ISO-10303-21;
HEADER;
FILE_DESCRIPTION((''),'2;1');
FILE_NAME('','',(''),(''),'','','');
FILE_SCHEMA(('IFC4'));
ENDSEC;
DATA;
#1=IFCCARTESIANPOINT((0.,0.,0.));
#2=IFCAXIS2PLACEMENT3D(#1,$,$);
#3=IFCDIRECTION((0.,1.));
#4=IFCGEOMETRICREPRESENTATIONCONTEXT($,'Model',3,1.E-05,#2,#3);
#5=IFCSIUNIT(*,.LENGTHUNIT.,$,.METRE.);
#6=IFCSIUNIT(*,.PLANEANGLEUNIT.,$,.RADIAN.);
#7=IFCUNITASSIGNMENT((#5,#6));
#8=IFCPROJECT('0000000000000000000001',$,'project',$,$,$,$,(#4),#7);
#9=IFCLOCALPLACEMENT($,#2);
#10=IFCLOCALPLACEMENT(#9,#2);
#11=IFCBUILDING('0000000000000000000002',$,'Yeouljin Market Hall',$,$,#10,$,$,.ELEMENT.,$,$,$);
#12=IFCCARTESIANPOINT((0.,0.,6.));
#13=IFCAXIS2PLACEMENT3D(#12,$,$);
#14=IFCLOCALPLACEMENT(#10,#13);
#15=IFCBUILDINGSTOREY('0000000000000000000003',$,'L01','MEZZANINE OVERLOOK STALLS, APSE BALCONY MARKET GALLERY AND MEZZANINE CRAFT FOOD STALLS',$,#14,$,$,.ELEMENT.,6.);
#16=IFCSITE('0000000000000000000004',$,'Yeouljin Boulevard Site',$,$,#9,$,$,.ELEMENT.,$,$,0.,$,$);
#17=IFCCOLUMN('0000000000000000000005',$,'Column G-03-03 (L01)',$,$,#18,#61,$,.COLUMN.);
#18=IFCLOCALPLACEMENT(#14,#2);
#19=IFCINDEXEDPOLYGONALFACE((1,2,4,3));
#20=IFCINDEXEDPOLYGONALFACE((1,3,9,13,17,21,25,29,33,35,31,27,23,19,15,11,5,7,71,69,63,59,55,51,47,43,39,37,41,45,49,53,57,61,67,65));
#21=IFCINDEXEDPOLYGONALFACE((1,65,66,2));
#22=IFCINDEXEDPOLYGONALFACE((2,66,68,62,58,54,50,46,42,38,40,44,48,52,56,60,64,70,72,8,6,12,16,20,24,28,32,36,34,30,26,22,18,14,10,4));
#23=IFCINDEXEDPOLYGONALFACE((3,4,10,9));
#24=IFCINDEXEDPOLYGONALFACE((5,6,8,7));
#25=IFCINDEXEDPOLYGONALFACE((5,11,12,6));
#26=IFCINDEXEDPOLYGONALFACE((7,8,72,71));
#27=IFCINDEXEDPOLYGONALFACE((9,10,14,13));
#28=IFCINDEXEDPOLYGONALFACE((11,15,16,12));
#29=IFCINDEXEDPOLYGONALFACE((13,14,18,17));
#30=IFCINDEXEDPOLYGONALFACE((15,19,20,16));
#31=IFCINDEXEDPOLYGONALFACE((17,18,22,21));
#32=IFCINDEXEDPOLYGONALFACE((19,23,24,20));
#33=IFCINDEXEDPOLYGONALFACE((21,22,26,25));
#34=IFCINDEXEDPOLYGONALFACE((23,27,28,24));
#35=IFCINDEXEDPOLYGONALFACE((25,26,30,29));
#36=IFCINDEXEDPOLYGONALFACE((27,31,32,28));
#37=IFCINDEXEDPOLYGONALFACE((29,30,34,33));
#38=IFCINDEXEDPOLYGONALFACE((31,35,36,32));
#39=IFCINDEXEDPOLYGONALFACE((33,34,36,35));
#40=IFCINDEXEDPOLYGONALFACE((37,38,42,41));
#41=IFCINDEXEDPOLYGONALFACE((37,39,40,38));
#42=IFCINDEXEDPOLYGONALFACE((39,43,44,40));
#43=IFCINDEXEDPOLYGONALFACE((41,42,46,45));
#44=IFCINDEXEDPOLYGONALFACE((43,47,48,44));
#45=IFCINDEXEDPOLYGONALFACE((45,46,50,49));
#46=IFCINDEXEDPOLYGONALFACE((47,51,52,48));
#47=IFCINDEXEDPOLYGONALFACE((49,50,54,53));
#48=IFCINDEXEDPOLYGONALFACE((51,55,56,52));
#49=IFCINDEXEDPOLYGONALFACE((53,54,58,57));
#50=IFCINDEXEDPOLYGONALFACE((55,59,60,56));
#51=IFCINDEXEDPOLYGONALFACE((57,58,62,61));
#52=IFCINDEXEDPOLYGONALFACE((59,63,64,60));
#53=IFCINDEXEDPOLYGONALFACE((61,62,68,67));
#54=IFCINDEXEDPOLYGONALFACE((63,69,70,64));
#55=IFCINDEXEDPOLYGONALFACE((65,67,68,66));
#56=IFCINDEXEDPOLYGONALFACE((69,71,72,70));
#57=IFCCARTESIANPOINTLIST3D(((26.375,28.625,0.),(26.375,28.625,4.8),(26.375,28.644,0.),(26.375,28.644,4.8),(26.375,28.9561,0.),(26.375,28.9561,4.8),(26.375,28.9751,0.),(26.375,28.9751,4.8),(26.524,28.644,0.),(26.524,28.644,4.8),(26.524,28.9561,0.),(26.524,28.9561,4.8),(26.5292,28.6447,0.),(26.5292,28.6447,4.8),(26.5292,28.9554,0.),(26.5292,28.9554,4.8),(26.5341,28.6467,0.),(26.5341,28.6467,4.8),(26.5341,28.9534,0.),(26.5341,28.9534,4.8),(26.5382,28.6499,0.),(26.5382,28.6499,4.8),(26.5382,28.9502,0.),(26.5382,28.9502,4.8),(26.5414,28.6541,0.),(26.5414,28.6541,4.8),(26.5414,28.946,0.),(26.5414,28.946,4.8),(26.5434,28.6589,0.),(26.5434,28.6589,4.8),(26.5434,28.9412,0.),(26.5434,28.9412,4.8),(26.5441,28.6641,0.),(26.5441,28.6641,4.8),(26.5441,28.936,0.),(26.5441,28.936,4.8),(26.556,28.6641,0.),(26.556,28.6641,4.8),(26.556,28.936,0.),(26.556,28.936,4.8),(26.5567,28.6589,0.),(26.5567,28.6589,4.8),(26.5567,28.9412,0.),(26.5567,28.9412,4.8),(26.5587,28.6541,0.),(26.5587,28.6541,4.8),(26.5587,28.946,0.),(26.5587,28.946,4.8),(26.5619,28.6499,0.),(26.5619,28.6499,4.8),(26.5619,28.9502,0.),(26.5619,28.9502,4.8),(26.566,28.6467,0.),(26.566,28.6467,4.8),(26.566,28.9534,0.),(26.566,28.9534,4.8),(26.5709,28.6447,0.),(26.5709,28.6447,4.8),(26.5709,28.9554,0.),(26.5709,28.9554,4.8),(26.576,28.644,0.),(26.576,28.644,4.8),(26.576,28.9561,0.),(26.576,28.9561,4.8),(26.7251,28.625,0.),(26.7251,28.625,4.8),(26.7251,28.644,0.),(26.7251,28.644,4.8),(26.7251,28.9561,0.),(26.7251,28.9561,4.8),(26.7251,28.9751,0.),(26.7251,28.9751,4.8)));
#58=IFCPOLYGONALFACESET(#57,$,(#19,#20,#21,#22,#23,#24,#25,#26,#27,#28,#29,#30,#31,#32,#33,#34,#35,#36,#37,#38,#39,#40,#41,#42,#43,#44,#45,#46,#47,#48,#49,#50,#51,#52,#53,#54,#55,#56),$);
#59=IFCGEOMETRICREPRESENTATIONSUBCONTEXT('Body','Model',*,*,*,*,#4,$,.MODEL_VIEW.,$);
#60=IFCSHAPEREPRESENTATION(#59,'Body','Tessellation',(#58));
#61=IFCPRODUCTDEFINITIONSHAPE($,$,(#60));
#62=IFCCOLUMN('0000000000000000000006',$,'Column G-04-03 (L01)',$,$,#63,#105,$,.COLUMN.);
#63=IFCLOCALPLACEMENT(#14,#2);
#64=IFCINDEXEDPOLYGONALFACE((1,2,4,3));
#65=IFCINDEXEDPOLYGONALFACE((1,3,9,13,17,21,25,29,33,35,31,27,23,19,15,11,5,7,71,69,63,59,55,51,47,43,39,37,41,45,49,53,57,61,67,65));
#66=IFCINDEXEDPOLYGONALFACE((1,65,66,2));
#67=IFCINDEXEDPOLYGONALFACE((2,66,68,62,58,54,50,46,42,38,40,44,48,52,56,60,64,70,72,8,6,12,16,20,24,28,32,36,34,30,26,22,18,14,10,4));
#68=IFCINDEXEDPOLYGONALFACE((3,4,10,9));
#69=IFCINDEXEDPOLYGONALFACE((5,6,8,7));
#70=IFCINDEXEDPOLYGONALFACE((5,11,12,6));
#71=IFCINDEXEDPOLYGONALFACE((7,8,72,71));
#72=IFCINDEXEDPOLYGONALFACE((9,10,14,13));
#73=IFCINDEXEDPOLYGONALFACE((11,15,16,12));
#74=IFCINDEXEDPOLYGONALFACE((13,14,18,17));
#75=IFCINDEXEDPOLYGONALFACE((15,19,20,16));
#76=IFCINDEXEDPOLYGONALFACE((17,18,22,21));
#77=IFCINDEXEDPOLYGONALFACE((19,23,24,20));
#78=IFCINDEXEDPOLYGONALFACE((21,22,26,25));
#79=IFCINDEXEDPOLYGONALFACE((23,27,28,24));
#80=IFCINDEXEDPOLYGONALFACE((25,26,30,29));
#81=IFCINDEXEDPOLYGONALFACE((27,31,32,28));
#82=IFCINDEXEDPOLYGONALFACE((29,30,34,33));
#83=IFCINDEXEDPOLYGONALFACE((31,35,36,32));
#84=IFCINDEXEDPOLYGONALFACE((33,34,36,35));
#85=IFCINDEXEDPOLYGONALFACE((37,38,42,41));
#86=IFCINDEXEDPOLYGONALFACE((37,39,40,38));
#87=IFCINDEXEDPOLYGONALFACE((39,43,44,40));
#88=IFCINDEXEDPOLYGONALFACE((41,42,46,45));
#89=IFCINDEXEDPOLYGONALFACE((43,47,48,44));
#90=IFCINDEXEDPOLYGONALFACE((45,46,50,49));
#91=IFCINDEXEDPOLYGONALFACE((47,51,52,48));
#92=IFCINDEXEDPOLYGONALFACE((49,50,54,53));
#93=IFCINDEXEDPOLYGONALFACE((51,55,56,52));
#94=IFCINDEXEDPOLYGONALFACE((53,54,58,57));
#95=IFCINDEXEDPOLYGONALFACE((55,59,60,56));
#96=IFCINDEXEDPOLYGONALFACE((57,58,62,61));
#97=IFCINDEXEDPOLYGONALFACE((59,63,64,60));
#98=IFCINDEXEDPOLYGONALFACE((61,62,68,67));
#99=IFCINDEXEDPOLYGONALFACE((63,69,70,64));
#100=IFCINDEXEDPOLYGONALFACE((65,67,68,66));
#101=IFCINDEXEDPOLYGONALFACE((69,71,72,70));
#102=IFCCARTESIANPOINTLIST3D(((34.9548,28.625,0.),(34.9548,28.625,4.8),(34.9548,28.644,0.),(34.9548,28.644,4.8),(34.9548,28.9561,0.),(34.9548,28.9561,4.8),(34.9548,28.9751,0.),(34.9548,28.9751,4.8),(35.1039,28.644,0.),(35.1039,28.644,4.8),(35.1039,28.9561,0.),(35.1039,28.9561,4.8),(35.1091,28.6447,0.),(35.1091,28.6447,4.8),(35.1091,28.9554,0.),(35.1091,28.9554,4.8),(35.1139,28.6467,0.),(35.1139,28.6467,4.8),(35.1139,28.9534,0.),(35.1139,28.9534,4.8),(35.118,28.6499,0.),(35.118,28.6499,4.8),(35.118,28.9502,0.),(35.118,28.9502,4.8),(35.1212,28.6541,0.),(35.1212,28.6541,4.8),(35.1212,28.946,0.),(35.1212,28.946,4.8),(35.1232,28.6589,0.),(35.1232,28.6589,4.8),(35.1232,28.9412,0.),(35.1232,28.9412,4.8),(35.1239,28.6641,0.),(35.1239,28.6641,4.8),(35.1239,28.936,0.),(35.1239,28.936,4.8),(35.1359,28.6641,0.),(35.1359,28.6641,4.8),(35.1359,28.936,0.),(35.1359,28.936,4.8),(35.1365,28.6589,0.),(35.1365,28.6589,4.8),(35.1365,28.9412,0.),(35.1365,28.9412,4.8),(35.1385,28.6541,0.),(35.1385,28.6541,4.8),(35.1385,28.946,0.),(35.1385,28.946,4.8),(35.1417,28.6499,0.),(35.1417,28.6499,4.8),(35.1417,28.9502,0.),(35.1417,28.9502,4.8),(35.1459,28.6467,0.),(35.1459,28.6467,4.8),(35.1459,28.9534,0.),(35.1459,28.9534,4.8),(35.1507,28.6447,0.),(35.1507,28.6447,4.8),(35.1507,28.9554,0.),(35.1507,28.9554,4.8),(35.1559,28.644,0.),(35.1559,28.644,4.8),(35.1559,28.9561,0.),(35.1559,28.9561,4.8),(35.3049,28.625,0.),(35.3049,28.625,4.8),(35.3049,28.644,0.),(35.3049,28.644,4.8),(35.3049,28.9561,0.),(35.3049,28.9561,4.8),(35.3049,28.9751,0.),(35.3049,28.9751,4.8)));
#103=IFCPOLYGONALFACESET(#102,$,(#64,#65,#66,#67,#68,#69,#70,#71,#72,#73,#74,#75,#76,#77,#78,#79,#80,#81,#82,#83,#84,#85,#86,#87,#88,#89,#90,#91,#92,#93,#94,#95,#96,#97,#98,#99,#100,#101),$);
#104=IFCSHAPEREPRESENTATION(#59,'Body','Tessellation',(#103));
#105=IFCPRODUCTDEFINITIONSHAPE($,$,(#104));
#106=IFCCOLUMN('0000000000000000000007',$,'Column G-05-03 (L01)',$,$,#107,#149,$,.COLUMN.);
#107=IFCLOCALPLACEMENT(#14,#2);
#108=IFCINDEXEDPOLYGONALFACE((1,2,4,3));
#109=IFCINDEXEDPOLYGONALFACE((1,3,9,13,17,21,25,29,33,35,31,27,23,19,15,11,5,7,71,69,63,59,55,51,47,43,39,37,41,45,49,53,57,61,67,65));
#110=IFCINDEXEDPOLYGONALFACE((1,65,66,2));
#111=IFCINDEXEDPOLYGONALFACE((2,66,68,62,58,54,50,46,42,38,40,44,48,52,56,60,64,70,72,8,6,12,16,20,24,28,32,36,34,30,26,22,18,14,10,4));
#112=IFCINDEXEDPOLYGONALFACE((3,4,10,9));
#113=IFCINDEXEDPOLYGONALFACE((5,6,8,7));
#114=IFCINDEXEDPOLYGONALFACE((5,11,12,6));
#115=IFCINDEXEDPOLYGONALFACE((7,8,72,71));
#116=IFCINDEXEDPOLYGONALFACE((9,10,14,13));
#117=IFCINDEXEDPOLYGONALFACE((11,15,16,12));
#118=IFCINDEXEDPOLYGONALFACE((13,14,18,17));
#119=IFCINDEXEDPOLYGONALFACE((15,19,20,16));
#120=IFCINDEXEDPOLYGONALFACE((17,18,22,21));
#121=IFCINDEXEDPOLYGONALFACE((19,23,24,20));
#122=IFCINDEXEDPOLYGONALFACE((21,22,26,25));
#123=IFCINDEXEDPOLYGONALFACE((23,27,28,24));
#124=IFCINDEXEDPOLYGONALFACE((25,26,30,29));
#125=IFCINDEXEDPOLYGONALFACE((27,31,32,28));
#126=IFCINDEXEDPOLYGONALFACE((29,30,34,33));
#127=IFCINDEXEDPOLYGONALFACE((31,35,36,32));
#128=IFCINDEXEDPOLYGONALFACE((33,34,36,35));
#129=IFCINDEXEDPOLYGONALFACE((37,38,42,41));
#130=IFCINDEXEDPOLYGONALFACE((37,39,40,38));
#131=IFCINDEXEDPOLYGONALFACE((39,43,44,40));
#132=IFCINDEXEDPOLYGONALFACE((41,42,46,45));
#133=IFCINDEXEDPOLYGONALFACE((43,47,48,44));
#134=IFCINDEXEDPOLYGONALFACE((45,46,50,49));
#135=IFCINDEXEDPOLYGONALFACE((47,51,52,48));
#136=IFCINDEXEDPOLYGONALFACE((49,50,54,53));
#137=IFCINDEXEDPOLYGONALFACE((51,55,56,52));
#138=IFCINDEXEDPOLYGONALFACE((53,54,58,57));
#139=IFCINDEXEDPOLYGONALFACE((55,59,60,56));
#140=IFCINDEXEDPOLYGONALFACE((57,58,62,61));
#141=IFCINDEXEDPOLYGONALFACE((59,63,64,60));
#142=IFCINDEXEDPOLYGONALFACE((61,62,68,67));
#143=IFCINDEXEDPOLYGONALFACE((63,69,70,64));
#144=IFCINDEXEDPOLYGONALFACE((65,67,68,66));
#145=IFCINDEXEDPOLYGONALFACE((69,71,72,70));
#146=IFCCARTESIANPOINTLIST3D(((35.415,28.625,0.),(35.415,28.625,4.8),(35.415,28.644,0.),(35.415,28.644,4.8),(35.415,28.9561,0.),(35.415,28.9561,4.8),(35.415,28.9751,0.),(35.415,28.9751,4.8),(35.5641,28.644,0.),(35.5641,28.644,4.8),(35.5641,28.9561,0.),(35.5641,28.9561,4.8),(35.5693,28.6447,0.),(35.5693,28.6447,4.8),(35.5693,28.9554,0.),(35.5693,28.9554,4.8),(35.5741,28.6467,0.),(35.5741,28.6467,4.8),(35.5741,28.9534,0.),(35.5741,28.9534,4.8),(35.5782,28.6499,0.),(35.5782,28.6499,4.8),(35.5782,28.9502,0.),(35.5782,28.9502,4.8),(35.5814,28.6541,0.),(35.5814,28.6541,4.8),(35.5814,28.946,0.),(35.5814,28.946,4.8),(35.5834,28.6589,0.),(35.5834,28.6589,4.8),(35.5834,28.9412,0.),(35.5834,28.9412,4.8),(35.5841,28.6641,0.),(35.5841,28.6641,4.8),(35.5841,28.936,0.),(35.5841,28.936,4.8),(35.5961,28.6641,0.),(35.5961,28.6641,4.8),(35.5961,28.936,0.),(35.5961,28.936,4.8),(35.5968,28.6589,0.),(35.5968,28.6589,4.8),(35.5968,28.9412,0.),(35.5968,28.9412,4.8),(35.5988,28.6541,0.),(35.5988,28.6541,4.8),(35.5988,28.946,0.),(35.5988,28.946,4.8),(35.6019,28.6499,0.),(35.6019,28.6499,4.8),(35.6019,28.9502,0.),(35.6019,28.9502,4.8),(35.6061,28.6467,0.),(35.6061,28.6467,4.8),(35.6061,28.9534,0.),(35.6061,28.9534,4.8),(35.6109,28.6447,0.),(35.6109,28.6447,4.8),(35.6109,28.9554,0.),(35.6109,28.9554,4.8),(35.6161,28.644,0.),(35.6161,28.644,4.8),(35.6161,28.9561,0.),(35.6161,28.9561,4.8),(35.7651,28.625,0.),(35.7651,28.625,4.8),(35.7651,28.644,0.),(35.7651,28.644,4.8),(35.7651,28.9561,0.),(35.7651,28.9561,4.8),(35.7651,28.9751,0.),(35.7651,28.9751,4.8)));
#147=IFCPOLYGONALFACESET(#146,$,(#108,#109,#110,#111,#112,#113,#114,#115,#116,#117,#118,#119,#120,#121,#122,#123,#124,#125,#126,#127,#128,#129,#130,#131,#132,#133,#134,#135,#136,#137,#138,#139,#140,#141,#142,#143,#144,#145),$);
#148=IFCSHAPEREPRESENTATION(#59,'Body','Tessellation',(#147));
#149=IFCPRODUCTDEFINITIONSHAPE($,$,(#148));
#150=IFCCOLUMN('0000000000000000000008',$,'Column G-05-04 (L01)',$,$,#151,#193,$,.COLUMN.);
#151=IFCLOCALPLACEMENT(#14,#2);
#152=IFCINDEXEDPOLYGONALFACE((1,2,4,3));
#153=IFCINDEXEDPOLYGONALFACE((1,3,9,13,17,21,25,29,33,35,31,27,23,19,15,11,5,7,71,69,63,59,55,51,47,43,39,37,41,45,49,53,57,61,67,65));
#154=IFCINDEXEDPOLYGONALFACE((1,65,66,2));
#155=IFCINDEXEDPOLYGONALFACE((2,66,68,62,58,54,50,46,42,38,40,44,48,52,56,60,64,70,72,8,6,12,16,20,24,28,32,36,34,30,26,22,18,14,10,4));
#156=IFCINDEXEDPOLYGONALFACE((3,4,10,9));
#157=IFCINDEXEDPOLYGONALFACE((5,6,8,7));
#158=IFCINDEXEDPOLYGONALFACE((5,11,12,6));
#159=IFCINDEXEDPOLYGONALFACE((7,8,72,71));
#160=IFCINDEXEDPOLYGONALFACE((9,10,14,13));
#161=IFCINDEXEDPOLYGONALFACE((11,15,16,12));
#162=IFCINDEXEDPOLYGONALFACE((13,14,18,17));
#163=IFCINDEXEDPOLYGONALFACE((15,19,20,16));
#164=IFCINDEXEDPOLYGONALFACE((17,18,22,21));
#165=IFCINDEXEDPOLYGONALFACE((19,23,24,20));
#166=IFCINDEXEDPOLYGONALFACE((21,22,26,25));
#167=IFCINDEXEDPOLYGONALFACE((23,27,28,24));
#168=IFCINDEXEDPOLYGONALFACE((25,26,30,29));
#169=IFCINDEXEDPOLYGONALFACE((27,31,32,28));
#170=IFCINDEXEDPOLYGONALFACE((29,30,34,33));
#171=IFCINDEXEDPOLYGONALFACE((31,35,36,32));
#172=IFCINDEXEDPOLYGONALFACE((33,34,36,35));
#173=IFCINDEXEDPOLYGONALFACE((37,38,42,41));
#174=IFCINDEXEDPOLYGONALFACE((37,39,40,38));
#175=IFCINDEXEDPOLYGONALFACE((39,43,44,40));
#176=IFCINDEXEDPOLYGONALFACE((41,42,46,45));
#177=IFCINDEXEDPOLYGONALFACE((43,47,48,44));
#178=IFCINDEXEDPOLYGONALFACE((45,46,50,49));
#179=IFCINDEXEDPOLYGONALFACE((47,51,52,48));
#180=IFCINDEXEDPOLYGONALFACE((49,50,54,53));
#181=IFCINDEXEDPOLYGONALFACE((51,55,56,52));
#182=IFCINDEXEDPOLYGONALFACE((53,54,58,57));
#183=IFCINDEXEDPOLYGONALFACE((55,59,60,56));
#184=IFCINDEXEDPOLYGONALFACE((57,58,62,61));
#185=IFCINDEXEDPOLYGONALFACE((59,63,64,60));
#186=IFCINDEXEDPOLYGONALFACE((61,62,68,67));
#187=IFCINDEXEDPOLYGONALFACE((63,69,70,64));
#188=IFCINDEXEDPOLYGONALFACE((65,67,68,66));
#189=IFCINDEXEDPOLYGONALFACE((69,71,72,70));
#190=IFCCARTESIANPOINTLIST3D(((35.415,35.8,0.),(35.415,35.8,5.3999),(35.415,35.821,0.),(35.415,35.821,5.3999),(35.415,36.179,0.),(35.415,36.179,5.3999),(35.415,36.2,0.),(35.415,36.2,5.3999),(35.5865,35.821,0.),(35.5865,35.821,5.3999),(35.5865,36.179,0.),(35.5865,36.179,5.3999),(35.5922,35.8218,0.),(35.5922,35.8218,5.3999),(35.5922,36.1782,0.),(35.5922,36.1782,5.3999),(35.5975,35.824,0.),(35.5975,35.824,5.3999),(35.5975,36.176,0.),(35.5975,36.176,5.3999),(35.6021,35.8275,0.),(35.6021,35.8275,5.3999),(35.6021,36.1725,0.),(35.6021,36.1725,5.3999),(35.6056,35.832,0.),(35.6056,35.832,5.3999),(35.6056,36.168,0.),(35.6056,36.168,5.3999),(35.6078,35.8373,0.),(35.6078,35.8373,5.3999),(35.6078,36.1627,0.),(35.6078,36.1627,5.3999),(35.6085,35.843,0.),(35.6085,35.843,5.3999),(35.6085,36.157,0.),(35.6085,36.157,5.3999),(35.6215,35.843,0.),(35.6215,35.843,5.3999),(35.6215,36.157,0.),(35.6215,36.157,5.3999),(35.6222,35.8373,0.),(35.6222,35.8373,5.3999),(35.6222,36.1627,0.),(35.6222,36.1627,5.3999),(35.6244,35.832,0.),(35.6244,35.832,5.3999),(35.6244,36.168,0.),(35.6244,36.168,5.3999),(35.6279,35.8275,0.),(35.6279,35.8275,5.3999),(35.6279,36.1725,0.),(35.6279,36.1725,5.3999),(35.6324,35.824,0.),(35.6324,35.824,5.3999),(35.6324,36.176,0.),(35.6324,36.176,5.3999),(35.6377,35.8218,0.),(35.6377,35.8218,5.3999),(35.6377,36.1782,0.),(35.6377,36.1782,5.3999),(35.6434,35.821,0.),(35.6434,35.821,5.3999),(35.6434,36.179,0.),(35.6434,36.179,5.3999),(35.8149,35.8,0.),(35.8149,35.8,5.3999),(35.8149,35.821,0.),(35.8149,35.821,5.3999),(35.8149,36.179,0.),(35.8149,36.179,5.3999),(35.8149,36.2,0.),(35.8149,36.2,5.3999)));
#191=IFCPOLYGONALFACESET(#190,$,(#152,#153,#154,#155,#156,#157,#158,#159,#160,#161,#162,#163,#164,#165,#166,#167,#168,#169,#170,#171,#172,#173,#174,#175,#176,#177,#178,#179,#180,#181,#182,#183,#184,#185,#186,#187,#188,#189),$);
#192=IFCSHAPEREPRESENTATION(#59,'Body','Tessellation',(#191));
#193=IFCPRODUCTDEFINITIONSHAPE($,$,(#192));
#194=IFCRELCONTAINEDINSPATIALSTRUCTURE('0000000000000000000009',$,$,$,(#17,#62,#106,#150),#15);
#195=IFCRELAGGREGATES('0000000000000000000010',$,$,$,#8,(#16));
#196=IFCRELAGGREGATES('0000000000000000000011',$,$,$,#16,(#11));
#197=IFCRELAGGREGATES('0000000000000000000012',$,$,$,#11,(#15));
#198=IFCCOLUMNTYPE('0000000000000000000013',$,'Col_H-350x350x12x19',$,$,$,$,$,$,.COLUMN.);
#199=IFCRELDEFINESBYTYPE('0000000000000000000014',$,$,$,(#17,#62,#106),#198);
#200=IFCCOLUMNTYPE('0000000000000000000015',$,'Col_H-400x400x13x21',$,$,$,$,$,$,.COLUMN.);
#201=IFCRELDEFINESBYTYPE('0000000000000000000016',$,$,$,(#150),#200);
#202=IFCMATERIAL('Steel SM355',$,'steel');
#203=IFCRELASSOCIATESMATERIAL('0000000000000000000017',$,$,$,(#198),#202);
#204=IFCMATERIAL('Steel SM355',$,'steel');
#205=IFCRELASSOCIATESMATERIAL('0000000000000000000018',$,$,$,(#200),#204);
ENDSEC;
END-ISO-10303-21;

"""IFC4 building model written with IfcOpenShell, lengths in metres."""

from ifc_helpers import new_model, si_unit, direction, frame, origin, origin_2d, place, context, subcontext, project, spatial, i_section, extrude, material, material_profile, profile_set, type_object, element, save


model = new_model("IFC4")

# Units and contexts
model_context = context("Model", 3, precision=1e-05, world=origin(), true_north=direction((0.0, 1.0)))
body_context = subcontext(model_context, "Body", "Model", "MODEL_VIEW")
ifc_project = project(units=[si_unit("LENGTHUNIT", "METRE"), si_unit("PLANEANGLEUNIT", "RADIAN")], contexts=[model_context])

# Site, building, storey
site_placement = place(None, origin())
site = spatial("IfcSite", under=ifc_project, at=site_placement, Name="Yeouljin Boulevard Site", CompositionType="ELEMENT", RefElevation=0.0)
building_placement = place(site_placement, origin())
building = spatial("IfcBuilding", under=site, at=building_placement, Name="Yeouljin Market Hall", CompositionType="ELEMENT")
storey_placement = place(building_placement, frame((0.0, 0.0, 6.0)))
storey = spatial("IfcBuildingStorey", under=building, at=storey_placement, Name="L01", Description="MEZZANINE OVERLOOK STALLS, APSE BALCONY MARKET GALLERY AND MEZZANINE CRAFT FOOD STALLS", CompositionType="ELEMENT", Elevation=6.0)

# Columns
ifc_material_1 = material(Name="Steel SM355", Category="steel")
ifc_material_profile_1 = material_profile(ifc_material_1, i_section(OverallWidth=0.3501, OverallDepth=0.3501, WebThickness=0.012, FlangeThickness=0.019, FilletRadius=0.02, at=origin_2d()), Name="H-350x350x12x19")
ifc_profile_set_1 = profile_set([ifc_material_profile_1], Name="Steel SM355")
column_type_1 = type_object("IfcColumnType", Name="Col_H-350x350x12x19", PredefinedType="COLUMN", material=ifc_profile_set_1)
for number, where, z_axis, x_axis, name in (
    (1, (26.55, 28.8, 0.0), (0.0, 0.0, 1.0), (1.0, 0.0, 0.0), "Column G-03-03 (L01)"),
    (2, (35.1299, 28.8, 0.0), (0.0, 0.0, 1.0), (1.0, 0.0, 0.0), "Column G-04-03 (L01)"),
    (3, (35.5901, 28.8, 0.0), (0.0, 0.0, 1.0), (1.0, 0.0, 0.0), "Column G-05-03 (L01)"),
):
    element("IfcColumn", number, at=place(storey_placement, frame(where, z_axis=z_axis, x_axis=x_axis)), inside=storey, type_object=column_type_1, Name=name, PredefinedType="COLUMN", context=body_context, shape_type="SweptSolid", body=[
        extrude(i_section(OverallWidth=0.3501, OverallDepth=0.3501, WebThickness=0.012, FlangeThickness=0.019, FilletRadius=0.02, at=origin_2d()), origin(), (0.0, 0.0, 1.0), 4.8),
    ])
ifc_material_2 = material(Name="Steel SM355", Category="steel")
ifc_material_profile_2 = material_profile(ifc_material_2, i_section(OverallWidth=0.3999, OverallDepth=0.3999, WebThickness=0.0129, FlangeThickness=0.021, FilletRadius=0.022, at=origin_2d()), Name="H-400x400x13x21")
ifc_profile_set_2 = profile_set([ifc_material_profile_2], Name="Steel SM355")
column_type_2 = type_object("IfcColumnType", Name="Col_H-400x400x13x21", PredefinedType="COLUMN", material=ifc_profile_set_2)
column_placement = place(storey_placement, frame((35.615, 36.0, 0.0), z_axis=(0.0, 0.0, 1.0), x_axis=(1.0, 0.0, 0.0)))
element("IfcColumn", 4, at=column_placement, inside=storey, type_object=column_type_2, Name="Column G-05-04 (L01)", PredefinedType="COLUMN", context=body_context, shape_type="SweptSolid", body=[
    extrude(i_section(OverallWidth=0.3999, OverallDepth=0.3999, WebThickness=0.0129, FlangeThickness=0.021, FilletRadius=0.022, at=origin_2d()), origin(), (0.0, 0.0, 1.0), 5.3999),
])

save(model, "model.ifc")
